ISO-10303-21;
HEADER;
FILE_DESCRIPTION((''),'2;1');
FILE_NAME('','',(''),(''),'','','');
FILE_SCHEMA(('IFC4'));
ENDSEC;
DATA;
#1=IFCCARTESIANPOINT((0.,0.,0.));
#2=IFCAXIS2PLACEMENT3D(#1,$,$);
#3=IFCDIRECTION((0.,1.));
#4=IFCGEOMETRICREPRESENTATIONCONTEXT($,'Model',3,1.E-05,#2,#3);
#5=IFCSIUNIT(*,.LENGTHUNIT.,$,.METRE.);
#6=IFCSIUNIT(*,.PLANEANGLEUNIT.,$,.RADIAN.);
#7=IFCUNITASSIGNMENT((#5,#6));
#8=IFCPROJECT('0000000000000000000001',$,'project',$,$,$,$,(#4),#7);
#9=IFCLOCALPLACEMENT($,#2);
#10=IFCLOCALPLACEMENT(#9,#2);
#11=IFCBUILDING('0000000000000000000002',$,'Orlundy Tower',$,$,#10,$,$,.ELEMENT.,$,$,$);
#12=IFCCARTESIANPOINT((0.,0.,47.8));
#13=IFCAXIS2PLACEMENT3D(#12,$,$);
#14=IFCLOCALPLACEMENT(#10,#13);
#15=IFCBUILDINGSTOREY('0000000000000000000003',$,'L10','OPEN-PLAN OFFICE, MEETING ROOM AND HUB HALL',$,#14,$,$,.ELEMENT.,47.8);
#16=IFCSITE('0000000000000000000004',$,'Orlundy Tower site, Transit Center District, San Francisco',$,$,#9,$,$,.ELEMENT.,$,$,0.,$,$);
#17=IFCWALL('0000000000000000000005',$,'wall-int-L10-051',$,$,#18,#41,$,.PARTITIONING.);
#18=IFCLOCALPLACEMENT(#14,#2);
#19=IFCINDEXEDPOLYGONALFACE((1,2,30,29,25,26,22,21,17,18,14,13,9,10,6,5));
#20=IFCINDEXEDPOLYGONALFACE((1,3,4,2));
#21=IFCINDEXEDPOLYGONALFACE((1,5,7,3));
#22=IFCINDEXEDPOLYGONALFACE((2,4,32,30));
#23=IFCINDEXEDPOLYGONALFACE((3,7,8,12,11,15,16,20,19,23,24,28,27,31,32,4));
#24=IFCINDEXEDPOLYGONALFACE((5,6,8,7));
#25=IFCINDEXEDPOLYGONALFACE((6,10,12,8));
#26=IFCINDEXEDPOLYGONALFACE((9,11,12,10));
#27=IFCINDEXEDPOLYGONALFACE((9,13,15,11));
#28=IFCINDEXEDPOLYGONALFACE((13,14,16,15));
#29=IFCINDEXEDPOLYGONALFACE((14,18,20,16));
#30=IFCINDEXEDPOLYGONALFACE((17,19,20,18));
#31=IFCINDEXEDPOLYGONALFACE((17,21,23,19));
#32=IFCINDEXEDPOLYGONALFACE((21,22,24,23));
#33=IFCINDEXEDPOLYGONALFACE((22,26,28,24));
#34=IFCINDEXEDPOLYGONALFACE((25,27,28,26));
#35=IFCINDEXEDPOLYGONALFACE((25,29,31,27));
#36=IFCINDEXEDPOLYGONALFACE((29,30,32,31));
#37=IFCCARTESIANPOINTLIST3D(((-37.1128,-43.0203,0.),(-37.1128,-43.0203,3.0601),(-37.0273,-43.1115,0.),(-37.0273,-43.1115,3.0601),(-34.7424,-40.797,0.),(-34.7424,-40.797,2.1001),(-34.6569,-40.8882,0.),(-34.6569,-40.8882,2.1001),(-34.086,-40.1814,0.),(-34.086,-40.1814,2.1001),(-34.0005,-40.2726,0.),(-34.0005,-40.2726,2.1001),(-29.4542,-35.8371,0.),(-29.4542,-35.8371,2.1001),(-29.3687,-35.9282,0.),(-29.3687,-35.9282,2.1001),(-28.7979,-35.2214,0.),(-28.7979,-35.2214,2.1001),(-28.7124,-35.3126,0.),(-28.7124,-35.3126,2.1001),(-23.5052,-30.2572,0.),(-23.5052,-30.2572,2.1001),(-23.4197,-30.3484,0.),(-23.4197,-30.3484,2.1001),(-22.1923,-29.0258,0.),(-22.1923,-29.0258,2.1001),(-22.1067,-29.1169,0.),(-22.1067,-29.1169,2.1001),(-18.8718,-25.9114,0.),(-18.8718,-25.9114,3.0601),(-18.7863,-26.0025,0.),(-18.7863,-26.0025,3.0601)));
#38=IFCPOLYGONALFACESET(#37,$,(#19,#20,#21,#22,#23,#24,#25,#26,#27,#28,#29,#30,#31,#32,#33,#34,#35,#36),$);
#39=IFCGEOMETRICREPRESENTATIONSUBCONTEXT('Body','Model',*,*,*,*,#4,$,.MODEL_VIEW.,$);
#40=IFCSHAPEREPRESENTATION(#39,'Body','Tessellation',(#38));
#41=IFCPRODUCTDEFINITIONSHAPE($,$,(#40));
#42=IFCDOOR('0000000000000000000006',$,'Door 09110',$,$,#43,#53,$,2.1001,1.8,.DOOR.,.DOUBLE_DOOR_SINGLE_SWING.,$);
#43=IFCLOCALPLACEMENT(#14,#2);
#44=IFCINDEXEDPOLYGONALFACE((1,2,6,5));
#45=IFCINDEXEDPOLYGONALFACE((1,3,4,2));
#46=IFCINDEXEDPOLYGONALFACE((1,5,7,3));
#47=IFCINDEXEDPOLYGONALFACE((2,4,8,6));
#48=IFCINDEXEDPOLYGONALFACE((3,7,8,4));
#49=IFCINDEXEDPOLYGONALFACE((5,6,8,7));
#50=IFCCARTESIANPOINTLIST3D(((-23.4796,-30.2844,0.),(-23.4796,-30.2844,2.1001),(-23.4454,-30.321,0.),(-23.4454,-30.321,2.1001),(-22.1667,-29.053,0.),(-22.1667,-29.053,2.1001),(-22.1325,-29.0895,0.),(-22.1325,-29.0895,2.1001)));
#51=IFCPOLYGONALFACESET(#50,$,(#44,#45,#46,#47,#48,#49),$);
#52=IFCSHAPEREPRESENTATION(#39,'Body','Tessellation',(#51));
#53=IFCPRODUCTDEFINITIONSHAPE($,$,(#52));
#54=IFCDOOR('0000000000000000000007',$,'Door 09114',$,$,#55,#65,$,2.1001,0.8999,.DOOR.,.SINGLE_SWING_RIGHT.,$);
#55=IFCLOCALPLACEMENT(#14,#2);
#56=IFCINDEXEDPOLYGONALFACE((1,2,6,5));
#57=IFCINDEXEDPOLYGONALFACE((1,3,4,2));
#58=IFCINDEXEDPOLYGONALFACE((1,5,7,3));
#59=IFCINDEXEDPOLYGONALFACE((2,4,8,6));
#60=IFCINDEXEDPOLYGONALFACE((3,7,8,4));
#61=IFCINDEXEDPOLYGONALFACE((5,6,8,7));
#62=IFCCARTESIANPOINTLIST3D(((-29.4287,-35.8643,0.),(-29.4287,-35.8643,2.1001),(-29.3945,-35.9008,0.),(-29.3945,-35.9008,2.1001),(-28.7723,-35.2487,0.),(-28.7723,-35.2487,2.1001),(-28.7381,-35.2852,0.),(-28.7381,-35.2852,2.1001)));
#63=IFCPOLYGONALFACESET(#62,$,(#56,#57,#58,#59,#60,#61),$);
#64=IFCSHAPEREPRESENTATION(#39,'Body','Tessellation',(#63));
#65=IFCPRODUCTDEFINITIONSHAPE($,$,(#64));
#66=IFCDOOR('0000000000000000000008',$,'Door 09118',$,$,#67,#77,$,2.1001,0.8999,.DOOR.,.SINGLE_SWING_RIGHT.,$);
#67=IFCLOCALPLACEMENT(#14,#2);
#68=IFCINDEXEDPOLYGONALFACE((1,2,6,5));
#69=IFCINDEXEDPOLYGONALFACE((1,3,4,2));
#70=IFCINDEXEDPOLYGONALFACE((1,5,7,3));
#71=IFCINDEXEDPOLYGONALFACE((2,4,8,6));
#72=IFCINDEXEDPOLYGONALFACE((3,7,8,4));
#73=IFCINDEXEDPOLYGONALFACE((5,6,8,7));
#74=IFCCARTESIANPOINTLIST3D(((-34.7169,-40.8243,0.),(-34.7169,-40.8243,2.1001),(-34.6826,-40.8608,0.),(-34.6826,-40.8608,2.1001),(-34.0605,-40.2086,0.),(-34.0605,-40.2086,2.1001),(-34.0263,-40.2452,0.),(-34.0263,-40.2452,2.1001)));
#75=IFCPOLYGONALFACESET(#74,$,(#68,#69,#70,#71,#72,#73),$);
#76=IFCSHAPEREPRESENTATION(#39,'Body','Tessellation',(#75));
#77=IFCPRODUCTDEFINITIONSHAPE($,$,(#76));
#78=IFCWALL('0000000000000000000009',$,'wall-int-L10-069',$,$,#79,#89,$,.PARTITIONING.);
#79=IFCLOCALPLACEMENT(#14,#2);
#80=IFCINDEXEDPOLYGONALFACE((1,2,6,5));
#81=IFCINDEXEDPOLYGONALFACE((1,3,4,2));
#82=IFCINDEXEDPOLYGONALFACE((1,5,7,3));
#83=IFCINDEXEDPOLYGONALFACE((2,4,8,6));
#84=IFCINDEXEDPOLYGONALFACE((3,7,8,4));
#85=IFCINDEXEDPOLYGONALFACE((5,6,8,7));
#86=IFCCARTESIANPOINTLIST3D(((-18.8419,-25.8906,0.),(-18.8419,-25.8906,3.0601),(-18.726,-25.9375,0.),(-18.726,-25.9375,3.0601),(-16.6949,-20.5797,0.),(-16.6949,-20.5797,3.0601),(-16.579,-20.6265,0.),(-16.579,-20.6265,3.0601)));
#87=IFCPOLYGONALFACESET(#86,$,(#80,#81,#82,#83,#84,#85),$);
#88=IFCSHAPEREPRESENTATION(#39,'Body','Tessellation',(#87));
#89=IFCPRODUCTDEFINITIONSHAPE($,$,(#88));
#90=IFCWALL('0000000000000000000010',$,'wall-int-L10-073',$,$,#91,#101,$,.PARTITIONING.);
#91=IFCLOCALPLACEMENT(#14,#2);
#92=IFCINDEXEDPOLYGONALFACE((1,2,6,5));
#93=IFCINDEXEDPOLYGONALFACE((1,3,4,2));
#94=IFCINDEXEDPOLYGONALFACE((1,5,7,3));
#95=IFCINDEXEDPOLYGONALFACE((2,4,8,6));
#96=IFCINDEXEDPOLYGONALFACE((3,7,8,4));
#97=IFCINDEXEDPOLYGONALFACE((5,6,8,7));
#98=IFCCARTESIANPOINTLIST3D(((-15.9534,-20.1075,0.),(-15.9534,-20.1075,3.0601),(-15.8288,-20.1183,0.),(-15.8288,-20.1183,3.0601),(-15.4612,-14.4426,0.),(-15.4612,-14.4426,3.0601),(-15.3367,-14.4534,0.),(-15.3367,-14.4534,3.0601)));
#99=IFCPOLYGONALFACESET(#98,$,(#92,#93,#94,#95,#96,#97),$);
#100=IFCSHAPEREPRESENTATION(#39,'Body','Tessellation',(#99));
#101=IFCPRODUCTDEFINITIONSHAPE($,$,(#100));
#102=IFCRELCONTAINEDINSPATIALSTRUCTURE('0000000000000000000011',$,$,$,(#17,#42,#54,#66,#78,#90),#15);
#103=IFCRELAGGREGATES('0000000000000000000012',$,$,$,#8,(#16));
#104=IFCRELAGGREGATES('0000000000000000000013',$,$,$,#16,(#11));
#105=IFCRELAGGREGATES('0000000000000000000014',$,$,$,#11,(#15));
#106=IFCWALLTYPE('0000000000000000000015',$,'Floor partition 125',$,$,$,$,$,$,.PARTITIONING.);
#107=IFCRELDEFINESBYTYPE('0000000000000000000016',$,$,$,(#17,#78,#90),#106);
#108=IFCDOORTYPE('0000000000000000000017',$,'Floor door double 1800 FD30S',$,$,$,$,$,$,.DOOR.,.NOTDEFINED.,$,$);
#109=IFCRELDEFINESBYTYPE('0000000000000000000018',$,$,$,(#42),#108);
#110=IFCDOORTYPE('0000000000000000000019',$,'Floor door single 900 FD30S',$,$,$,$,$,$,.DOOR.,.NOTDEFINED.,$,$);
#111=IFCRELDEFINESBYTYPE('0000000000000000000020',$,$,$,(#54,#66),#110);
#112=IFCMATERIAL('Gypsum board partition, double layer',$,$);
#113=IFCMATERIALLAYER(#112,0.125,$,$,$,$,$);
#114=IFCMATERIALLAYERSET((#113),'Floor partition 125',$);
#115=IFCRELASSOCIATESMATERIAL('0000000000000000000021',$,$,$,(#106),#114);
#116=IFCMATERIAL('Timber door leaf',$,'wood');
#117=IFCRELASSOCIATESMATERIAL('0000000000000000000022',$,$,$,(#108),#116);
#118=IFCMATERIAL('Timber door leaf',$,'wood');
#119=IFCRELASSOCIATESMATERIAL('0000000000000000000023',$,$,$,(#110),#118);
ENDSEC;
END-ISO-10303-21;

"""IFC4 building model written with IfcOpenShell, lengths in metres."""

from ifc_helpers import new_model, si_unit, direction, frame, frame_2d, origin, place, context, subcontext, project, spatial, rectangle, extrude, material, layer, layer_set, type_object, element, fill, save


model = new_model("IFC4")

# Units and contexts
model_context = context("Model", 3, precision=1e-05, world=origin(), true_north=direction((0.0, 1.0)))
body_context = subcontext(model_context, "Body", "Model", "MODEL_VIEW")
ifc_project = project(units=[si_unit("LENGTHUNIT", "METRE"), si_unit("PLANEANGLEUNIT", "RADIAN")], contexts=[model_context])

# Site, building, storey
site_placement = place(None, origin())
site = spatial("IfcSite", under=ifc_project, at=site_placement, Name="Orlundy Tower site, Transit Center District, San Francisco", CompositionType="ELEMENT", RefElevation=0.0)
building_placement = place(site_placement, origin())
building = spatial("IfcBuilding", under=site, at=building_placement, Name="Orlundy Tower", CompositionType="ELEMENT")
storey_placement = place(building_placement, frame((0.0, 0.0, 47.8)))
storey = spatial("IfcBuildingStorey", under=building, at=storey_placement, Name="L10", Description="OPEN-PLAN OFFICE, MEETING ROOM AND HUB HALL", CompositionType="ELEMENT", Elevation=47.8)

# Shared definitions
ifc_material_1 = material(Name="Gypsum board partition, double layer")
ifc_layer_1 = layer(ifc_material_1, 0.125)
ifc_layer_set_1 = layer_set([ifc_layer_1], Name="Floor partition 125")
wall_type_1 = type_object("IfcWallType", Name="Floor partition 125", PredefinedType="PARTITIONING", material=ifc_layer_set_1)

# Shared definitions
ifc_material_2 = material(Name="Timber door leaf", Category="wood")
door_type_1 = type_object("IfcDoorType", Name="Floor door double 1800 FD30S", OperationType="NOTDEFINED", PredefinedType="DOOR", material=ifc_material_2)

# Wall, openings, doors
wall_1_placement = place(storey_placement, frame((-18.8291, -25.957, 0.0), z_axis=(0.0, 0.0, 1.0), x_axis=(-0.729378, -0.684111, 0.0)))
wall_1 = element("IfcWall", 1, at=wall_1_placement, inside=storey, type_object=wall_type_1, Name="wall-int-L10-051", PredefinedType="PARTITIONING", context=body_context, shape_type="SweptSolid", body=[
    extrude(rectangle(XDim=25.009, YDim=0.125, at=frame_2d((12.5044, 0.0))), origin(), (0.0, 0.0, 1.0), 3.0601),
])
opening_1_placement = place(wall_1_placement, frame((4.5525, 0.0, 0.0)))
opening_1 = element("IfcOpeningElement", 2, at=opening_1_placement, cuts=wall_1, PredefinedType="OPENING", context=body_context, shape_type="SweptSolid", body=[
    extrude(rectangle(XDim=1.8, YDim=2.1001, at=frame_2d((0.8999, 1.05))), frame((0.0, 0.0725, 0.0), z_axis=(0.0, -1.0, 0.0), x_axis=(1.0, 0.0, 0.0)), (0.0, 0.0, 1.0), 0.145),
])
opening_2_placement = place(wall_1_placement, frame((13.6089, 0.0, 0.0)))
opening_2 = element("IfcOpeningElement", 3, at=opening_2_placement, cuts=wall_1, PredefinedType="OPENING", context=body_context, shape_type="SweptSolid", body=[
    extrude(rectangle(XDim=0.8999, YDim=2.1001, at=frame_2d((0.45, 1.05))), frame((0.0, 0.0725, 0.0), z_axis=(0.0, -1.0, 0.0), x_axis=(1.0, 0.0, 0.0)), (0.0, 0.0, 1.0), 0.145),
])
opening_3_placement = place(wall_1_placement, frame((20.8591, 0.0, 0.0)))
opening_3 = element("IfcOpeningElement", 4, at=opening_3_placement, cuts=wall_1, PredefinedType="OPENING", context=body_context, shape_type="SweptSolid", body=[
    extrude(rectangle(XDim=0.8999, YDim=2.1001, at=frame_2d((0.45, 1.05))), frame((0.0, 0.0725, 0.0), z_axis=(0.0, -1.0, 0.0), x_axis=(1.0, 0.0, 0.0)), (0.0, 0.0, 1.0), 0.145),
])
door_1_placement = place(opening_1_placement, origin())
door_1 = element("IfcDoor", 5, at=door_1_placement, inside=storey, type_object=door_type_1, Name="Door 09110", OperationType="DOUBLE_DOOR_SINGLE_SWING", OverallHeight=2.1001, OverallWidth=1.8, PredefinedType="DOOR", context=body_context, shape_type="SweptSolid", body=[
    extrude(rectangle(XDim=1.8, YDim=2.1001, at=frame_2d((0.8999, 1.05))), frame((0.0, 0.0249, 0.0), z_axis=(0.0, -1.0, 0.0), x_axis=(1.0, 0.0, 0.0)), (0.0, 0.0, 1.0), 0.05),
])
fill(opening_1, door_1)
ifc_material_3 = material(Name="Timber door leaf", Category="wood")
door_type_2 = type_object("IfcDoorType", Name="Floor door single 900 FD30S", OperationType="NOTDEFINED", PredefinedType="DOOR", material=ifc_material_3)
door_2_placement = place(opening_2_placement, origin())
door_2 = element("IfcDoor", 6, at=door_2_placement, inside=storey, type_object=door_type_2, Name="Door 09114", OperationType="SINGLE_SWING_RIGHT", OverallHeight=2.1001, OverallWidth=0.8999, PredefinedType="DOOR", context=body_context, shape_type="SweptSolid", body=[
    extrude(rectangle(XDim=0.8999, YDim=2.1001, at=frame_2d((0.45, 1.05))), frame((0.0, 0.0249, 0.0), z_axis=(0.0, -1.0, 0.0), x_axis=(1.0, 0.0, 0.0)), (0.0, 0.0, 1.0), 0.05),
])
fill(opening_2, door_2)
door_3_placement = place(opening_3_placement, origin())
door_3 = element("IfcDoor", 7, at=door_3_placement, inside=storey, type_object=door_type_2, Name="Door 09118", OperationType="SINGLE_SWING_RIGHT", OverallHeight=2.1001, OverallWidth=0.8999, PredefinedType="DOOR", context=body_context, shape_type="SweptSolid", body=[
    extrude(rectangle(XDim=0.8999, YDim=2.1001, at=frame_2d((0.45, 1.05))), frame((0.0, 0.0249, 0.0), z_axis=(0.0, -1.0, 0.0), x_axis=(1.0, 0.0, 0.0)), (0.0, 0.0, 1.0), 0.05),
])
fill(opening_3, door_3)

# Walls
wall_2_placement = place(storey_placement, frame((-18.7839, -25.9141, 0.0), z_axis=(0.0, 0.0, 1.0), x_axis=(0.374783, 0.927113, 0.0)))
element("IfcWall", 8, at=wall_2_placement, inside=storey, type_object=wall_type_1, Name="wall-int-L10-069", PredefinedType="PARTITIONING", context=body_context, shape_type="SweptSolid", body=[
    extrude(rectangle(XDim=5.7285, YDim=0.125, at=frame_2d((2.8643, 0.0))), origin(), (0.0, 0.0, 1.0), 3.0601),
])
wall_3_placement = place(storey_placement, frame((-15.8911, -20.113, 0.0), z_axis=(0.0, 0.0, 1.0), x_axis=(0.086556, 0.996247, 0.0)))
element("IfcWall", 9, at=wall_3_placement, inside=storey, type_object=wall_type_1, Name="wall-int-L10-073", PredefinedType="PARTITIONING", context=body_context, shape_type="SweptSolid", body=[
    extrude(rectangle(XDim=5.6863, YDim=0.125, at=frame_2d((2.8433, 0.0))), origin(), (0.0, 0.0, 1.0), 3.0601),
])

save(model, "model.ifc")
